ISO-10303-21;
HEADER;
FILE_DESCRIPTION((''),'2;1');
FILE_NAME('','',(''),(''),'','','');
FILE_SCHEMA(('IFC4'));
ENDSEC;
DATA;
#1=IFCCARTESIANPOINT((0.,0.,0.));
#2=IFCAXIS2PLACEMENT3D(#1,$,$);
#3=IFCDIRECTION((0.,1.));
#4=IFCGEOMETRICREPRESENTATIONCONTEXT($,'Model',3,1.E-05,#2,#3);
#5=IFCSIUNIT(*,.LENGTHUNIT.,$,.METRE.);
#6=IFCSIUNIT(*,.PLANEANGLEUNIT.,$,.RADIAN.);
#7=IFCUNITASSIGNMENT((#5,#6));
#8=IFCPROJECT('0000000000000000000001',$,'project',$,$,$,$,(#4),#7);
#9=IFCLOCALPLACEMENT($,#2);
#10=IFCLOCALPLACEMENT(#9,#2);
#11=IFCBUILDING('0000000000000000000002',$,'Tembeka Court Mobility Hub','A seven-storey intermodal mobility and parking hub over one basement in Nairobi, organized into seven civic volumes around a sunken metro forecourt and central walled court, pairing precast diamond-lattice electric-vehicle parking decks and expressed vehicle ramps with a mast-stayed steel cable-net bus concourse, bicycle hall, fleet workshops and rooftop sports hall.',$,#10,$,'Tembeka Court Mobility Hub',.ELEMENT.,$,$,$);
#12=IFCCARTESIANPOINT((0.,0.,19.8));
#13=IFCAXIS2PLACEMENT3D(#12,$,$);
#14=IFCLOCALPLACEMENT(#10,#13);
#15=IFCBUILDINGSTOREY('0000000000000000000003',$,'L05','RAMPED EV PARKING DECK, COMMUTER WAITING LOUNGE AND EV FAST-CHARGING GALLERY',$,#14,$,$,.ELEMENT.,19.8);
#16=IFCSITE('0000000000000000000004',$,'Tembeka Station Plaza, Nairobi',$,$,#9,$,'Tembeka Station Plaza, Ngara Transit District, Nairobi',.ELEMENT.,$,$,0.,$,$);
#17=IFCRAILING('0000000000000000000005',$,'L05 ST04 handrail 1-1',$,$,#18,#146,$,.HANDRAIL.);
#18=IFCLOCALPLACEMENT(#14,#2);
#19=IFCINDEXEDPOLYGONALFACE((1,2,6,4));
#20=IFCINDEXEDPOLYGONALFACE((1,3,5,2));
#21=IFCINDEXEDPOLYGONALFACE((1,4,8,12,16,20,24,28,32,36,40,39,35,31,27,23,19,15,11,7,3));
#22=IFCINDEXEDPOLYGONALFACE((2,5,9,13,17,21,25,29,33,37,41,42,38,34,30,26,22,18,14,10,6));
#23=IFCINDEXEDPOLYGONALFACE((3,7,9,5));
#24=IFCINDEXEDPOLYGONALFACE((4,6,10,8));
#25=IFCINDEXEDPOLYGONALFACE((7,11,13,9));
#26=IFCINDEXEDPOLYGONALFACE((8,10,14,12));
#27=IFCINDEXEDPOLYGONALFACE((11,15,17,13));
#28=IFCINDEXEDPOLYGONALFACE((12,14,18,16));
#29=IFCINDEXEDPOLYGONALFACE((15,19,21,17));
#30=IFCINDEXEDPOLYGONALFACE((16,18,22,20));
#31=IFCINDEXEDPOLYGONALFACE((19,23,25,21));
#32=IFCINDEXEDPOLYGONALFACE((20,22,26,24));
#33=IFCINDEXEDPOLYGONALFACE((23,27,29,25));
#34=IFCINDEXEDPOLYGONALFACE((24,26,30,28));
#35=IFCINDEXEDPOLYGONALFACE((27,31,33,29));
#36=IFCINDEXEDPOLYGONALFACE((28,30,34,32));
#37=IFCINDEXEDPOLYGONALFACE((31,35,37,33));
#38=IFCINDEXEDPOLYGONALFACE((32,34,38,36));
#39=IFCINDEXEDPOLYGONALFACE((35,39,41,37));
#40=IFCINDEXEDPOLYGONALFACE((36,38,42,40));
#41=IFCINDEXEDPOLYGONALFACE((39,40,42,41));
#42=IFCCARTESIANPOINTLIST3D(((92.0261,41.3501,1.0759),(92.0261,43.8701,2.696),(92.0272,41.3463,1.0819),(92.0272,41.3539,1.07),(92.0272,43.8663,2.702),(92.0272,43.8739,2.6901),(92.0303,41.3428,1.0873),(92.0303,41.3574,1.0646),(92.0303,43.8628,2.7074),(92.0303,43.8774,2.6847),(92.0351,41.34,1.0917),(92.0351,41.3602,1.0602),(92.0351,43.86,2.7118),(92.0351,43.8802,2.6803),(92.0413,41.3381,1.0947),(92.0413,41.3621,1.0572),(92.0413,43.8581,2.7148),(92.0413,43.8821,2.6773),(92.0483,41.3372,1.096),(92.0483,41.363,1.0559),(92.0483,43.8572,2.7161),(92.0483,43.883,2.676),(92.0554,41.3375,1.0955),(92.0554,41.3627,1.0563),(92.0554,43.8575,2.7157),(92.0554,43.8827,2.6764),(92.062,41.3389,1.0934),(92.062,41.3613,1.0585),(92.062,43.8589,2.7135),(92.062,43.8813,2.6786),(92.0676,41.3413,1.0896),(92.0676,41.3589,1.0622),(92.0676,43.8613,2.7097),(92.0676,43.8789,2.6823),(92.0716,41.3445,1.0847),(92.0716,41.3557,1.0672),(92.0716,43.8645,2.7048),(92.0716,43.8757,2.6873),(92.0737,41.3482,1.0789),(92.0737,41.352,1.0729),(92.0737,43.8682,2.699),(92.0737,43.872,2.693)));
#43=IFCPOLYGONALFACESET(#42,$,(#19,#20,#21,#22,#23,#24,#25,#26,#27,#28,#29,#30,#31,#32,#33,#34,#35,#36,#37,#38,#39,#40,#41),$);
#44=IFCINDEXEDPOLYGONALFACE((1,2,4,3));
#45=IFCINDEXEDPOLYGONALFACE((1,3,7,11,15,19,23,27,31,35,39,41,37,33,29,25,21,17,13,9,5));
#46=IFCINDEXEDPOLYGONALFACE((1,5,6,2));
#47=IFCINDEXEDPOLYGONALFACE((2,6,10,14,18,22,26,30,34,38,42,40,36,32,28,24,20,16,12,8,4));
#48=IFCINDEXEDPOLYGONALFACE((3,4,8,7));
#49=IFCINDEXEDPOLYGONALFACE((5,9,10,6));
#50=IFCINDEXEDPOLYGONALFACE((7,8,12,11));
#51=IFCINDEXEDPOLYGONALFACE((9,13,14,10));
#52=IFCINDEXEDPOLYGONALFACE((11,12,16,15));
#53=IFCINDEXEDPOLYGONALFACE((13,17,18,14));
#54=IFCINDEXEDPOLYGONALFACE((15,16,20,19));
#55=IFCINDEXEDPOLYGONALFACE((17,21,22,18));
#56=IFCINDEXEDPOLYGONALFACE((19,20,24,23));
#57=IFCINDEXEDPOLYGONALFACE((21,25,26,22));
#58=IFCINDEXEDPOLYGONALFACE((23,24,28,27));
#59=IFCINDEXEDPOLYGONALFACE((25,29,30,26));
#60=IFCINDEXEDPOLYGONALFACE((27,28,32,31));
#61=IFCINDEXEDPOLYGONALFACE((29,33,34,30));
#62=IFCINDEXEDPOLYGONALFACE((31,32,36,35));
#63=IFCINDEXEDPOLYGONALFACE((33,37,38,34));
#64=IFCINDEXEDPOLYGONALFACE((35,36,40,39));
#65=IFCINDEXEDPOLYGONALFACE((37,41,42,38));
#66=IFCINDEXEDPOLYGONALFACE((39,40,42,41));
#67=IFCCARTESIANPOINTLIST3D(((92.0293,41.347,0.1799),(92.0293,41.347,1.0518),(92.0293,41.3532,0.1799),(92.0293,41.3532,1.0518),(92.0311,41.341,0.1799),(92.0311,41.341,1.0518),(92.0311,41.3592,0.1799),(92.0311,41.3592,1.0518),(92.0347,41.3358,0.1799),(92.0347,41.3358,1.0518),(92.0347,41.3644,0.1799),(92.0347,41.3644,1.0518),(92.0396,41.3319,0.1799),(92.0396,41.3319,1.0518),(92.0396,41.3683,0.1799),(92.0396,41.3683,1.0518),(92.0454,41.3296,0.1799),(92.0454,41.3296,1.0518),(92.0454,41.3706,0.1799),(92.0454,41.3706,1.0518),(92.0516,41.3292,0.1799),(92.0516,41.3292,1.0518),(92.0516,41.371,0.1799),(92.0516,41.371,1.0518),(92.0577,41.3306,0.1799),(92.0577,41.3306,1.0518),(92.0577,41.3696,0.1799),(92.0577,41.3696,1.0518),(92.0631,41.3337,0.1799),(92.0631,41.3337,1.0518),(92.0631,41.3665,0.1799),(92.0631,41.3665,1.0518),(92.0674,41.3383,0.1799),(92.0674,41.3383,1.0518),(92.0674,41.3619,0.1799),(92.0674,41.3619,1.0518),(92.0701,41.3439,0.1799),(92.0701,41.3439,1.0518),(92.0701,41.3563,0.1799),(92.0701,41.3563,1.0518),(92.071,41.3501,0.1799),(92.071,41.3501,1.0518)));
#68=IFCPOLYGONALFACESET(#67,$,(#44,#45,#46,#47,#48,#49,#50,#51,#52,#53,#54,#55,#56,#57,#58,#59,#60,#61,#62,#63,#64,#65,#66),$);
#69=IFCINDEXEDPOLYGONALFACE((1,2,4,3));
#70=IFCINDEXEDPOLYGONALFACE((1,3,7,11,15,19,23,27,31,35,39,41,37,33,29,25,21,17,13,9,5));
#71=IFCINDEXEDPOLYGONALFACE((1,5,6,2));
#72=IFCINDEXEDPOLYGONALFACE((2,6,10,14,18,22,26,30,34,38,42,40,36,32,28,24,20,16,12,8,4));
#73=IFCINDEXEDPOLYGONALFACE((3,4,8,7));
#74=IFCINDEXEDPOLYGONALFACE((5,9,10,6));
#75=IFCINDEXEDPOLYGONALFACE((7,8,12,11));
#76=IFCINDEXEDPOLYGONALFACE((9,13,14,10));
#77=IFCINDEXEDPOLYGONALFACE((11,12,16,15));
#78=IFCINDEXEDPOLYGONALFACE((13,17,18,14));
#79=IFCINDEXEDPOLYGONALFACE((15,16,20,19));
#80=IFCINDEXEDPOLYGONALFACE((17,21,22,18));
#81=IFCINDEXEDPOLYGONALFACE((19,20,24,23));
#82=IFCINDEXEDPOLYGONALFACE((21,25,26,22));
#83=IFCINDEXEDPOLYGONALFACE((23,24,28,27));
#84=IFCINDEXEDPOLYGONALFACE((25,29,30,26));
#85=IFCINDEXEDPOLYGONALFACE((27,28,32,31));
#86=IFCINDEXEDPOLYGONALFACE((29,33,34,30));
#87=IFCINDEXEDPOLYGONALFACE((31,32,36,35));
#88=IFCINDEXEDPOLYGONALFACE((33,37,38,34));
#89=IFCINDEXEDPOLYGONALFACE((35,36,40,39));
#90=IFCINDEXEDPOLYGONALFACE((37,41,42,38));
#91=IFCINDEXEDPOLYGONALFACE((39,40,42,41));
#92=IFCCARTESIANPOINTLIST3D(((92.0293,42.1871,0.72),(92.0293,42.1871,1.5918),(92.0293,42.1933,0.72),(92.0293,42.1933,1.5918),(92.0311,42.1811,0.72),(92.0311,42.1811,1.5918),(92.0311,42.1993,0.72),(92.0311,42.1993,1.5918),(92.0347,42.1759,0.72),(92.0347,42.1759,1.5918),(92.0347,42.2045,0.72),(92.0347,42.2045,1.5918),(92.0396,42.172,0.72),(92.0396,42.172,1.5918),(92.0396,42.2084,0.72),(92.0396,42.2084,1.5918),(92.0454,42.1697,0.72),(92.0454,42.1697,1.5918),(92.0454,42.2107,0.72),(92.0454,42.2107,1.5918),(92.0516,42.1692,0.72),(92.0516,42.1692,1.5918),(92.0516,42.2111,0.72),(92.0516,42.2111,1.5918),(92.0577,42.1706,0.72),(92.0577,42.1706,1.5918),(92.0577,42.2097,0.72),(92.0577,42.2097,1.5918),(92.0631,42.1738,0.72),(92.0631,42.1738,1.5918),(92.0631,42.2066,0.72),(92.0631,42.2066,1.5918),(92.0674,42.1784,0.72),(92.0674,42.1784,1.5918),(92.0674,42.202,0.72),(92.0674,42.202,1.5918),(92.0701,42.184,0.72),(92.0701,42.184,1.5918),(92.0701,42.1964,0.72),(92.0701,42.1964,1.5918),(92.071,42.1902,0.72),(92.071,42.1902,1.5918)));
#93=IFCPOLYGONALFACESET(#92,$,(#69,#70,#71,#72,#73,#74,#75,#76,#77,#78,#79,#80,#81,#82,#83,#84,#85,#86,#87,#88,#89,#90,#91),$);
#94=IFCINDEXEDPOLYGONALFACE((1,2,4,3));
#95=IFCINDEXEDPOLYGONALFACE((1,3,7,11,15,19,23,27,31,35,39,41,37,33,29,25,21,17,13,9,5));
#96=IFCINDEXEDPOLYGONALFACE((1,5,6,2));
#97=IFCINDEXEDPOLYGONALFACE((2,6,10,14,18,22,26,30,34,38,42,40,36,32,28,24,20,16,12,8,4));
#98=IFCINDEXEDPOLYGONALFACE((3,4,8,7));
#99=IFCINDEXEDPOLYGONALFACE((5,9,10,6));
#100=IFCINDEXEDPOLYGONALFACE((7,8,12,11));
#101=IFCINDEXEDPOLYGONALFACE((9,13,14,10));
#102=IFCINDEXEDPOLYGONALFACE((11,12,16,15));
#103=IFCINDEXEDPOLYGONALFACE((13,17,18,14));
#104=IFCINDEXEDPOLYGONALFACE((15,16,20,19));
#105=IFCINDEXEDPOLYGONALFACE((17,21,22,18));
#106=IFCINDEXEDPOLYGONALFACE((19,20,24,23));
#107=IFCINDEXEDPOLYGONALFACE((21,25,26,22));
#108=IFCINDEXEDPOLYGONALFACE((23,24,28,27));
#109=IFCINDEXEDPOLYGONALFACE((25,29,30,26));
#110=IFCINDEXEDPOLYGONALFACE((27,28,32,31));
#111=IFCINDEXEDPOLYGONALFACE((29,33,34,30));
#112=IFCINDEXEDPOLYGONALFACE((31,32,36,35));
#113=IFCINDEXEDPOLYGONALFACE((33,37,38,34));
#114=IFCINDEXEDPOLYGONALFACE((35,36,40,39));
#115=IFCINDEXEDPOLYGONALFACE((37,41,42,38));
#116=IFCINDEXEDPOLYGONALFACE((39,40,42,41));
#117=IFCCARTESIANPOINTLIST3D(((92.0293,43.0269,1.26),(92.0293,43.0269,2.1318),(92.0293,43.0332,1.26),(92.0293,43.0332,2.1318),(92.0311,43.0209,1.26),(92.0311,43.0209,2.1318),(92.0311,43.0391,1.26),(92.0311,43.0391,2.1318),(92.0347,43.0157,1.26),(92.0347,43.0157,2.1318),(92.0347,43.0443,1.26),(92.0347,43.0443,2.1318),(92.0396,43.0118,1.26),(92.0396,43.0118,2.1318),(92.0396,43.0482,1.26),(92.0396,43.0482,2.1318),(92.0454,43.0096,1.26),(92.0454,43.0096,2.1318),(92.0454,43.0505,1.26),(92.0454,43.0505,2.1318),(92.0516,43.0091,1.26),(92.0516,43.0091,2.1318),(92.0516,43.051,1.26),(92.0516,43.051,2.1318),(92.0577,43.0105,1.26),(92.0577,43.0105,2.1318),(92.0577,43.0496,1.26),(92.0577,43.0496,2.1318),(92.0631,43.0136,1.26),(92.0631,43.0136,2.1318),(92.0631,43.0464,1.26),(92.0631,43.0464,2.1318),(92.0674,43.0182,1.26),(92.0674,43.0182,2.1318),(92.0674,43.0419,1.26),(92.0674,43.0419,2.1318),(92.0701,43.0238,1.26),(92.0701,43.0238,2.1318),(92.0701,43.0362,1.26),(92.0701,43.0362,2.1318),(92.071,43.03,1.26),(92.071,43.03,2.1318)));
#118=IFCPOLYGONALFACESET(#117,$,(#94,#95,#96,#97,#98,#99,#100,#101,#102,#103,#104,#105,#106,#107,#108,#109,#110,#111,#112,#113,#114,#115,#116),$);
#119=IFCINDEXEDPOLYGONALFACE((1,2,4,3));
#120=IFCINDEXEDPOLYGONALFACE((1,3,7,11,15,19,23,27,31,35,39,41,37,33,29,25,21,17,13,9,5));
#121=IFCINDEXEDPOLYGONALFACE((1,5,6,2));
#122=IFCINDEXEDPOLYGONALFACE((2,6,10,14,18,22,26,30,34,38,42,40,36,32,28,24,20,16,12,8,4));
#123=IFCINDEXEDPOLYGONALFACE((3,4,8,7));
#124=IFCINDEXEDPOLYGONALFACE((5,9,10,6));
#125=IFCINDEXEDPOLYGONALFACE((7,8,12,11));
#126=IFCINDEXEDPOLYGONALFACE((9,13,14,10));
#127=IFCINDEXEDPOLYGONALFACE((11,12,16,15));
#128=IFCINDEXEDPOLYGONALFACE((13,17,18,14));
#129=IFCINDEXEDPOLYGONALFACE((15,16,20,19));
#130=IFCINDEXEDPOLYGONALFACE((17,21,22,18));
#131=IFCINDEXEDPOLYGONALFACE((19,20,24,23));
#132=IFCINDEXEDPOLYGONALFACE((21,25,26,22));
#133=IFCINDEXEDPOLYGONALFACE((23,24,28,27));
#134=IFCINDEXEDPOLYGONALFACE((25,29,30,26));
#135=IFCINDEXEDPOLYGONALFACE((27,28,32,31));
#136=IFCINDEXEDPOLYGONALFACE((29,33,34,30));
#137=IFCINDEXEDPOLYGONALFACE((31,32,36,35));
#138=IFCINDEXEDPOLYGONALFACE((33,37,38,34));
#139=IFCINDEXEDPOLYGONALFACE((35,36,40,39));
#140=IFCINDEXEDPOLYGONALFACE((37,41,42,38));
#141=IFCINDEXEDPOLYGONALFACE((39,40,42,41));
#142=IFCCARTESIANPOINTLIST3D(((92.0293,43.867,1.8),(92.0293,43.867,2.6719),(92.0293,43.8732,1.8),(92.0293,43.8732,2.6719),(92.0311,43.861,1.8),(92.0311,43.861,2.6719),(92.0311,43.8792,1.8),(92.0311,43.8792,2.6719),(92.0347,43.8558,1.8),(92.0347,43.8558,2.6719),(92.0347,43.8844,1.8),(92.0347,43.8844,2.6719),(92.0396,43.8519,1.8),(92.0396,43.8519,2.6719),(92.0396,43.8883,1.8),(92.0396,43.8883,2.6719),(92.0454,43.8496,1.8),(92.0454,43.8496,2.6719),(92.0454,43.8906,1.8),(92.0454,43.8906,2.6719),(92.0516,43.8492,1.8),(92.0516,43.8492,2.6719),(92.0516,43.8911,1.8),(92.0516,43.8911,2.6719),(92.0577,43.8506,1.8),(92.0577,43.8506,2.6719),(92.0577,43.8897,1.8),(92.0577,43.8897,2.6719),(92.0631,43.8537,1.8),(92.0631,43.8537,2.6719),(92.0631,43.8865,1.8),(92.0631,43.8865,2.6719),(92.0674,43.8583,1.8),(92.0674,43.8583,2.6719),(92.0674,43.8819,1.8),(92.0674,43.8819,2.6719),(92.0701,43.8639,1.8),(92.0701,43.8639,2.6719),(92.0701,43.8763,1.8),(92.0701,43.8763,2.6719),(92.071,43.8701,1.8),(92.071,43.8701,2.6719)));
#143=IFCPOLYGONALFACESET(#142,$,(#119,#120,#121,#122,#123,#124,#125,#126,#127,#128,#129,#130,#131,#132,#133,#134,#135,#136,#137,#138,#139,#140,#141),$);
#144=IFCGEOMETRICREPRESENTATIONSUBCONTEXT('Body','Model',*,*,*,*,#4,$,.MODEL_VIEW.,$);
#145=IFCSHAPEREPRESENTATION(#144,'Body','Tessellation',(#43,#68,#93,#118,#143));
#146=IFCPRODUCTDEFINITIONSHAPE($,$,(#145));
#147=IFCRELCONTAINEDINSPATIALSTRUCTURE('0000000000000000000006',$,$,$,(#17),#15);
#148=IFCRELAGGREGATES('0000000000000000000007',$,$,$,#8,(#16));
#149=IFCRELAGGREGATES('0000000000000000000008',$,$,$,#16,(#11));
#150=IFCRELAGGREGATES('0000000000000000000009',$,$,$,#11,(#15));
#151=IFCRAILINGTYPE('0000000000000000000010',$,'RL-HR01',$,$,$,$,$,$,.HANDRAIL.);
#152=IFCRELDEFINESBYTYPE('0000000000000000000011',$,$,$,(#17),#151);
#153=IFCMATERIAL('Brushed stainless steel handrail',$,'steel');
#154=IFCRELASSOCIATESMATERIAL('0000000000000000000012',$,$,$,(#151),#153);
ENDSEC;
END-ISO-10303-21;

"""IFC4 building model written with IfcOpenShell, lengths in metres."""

from ifc_helpers import new_model, si_unit, direction, frame, origin, origin_2d, place, context, subcontext, project, spatial, circle, extrude, material, type_object, element, save


model = new_model("IFC4")

# Units and contexts
model_context = context("Model", 3, precision=1e-05, world=origin(), true_north=direction((0.0, 1.0)))
body_context = subcontext(model_context, "Body", "Model", "MODEL_VIEW")
ifc_project = project(units=[si_unit("LENGTHUNIT", "METRE"), si_unit("PLANEANGLEUNIT", "RADIAN")], contexts=[model_context])

# Site, building, storey
site_placement = place(None, origin())
site = spatial("IfcSite", under=ifc_project, at=site_placement, Name="Tembeka Station Plaza, Nairobi", LongName="Tembeka Station Plaza, Ngara Transit District, Nairobi", CompositionType="ELEMENT", RefElevation=0.0)
building_placement = place(site_placement, origin())
building = spatial("IfcBuilding", under=site, at=building_placement, Name="Tembeka Court Mobility Hub", Description="A seven-storey intermodal mobility and parking hub over one basement in Nairobi, organized into seven civic volumes around a sunken metro forecourt and central walled court, pairing precast diamond-lattice electric-vehicle parking decks and expressed vehicle ramps with a mast-stayed steel cable-net bus concourse, bicycle hall, fleet workshops and rooftop sports hall.", LongName="Tembeka Court Mobility Hub", CompositionType="ELEMENT")
storey_placement = place(building_placement, frame((0.0, 0.0, 19.8)))
storey = spatial("IfcBuildingStorey", under=building, at=storey_placement, Name="L05", Description="RAMPED EV PARKING DECK, COMMUTER WAITING LOUNGE AND EV FAST-CHARGING GALLERY", CompositionType="ELEMENT", Elevation=19.8)

# Railing
ifc_material_1 = material(Name="Brushed stainless steel handrail", Category="steel")
railing_type_1 = type_object("IfcRailingType", Name="RL-HR01", PredefinedType="HANDRAIL", material=ifc_material_1)
railing_1_placement = place(storey_placement, frame((92.05, 41.3501, 0.1799)))
element("IfcRailing", 1, at=railing_1_placement, inside=storey, type_object=railing_type_1, Name="L05 ST04 handrail 1-1", PredefinedType="HANDRAIL", context=body_context, shape_type="SweptSolid", body=[
    extrude(circle(Radius=0.0239, at=origin_2d()), frame((0.0, 0.0, 0.896), z_axis=(0.0, 0.841163, 0.540782), x_axis=(-1.0, 0.0, 0.0)), (0.0, 0.0, 1.0), 2.9958),
    extrude(circle(Radius=0.021, at=origin_2d()), origin(), (0.0, 0.0, 1.0), 0.8718),
    extrude(circle(Radius=0.021, at=origin_2d()), frame((0.0, 0.8401, 0.54)), (0.0, 0.0, 1.0), 0.8718),
    extrude(circle(Radius=0.021, at=origin_2d()), frame((0.0, 1.6799, 1.0801)), (0.0, 0.0, 1.0), 0.8718),
    extrude(circle(Radius=0.021, at=origin_2d()), frame((0.0, 2.52, 1.6201)), (0.0, 0.0, 1.0), 0.8718),
])

save(model, "model.ifc")
